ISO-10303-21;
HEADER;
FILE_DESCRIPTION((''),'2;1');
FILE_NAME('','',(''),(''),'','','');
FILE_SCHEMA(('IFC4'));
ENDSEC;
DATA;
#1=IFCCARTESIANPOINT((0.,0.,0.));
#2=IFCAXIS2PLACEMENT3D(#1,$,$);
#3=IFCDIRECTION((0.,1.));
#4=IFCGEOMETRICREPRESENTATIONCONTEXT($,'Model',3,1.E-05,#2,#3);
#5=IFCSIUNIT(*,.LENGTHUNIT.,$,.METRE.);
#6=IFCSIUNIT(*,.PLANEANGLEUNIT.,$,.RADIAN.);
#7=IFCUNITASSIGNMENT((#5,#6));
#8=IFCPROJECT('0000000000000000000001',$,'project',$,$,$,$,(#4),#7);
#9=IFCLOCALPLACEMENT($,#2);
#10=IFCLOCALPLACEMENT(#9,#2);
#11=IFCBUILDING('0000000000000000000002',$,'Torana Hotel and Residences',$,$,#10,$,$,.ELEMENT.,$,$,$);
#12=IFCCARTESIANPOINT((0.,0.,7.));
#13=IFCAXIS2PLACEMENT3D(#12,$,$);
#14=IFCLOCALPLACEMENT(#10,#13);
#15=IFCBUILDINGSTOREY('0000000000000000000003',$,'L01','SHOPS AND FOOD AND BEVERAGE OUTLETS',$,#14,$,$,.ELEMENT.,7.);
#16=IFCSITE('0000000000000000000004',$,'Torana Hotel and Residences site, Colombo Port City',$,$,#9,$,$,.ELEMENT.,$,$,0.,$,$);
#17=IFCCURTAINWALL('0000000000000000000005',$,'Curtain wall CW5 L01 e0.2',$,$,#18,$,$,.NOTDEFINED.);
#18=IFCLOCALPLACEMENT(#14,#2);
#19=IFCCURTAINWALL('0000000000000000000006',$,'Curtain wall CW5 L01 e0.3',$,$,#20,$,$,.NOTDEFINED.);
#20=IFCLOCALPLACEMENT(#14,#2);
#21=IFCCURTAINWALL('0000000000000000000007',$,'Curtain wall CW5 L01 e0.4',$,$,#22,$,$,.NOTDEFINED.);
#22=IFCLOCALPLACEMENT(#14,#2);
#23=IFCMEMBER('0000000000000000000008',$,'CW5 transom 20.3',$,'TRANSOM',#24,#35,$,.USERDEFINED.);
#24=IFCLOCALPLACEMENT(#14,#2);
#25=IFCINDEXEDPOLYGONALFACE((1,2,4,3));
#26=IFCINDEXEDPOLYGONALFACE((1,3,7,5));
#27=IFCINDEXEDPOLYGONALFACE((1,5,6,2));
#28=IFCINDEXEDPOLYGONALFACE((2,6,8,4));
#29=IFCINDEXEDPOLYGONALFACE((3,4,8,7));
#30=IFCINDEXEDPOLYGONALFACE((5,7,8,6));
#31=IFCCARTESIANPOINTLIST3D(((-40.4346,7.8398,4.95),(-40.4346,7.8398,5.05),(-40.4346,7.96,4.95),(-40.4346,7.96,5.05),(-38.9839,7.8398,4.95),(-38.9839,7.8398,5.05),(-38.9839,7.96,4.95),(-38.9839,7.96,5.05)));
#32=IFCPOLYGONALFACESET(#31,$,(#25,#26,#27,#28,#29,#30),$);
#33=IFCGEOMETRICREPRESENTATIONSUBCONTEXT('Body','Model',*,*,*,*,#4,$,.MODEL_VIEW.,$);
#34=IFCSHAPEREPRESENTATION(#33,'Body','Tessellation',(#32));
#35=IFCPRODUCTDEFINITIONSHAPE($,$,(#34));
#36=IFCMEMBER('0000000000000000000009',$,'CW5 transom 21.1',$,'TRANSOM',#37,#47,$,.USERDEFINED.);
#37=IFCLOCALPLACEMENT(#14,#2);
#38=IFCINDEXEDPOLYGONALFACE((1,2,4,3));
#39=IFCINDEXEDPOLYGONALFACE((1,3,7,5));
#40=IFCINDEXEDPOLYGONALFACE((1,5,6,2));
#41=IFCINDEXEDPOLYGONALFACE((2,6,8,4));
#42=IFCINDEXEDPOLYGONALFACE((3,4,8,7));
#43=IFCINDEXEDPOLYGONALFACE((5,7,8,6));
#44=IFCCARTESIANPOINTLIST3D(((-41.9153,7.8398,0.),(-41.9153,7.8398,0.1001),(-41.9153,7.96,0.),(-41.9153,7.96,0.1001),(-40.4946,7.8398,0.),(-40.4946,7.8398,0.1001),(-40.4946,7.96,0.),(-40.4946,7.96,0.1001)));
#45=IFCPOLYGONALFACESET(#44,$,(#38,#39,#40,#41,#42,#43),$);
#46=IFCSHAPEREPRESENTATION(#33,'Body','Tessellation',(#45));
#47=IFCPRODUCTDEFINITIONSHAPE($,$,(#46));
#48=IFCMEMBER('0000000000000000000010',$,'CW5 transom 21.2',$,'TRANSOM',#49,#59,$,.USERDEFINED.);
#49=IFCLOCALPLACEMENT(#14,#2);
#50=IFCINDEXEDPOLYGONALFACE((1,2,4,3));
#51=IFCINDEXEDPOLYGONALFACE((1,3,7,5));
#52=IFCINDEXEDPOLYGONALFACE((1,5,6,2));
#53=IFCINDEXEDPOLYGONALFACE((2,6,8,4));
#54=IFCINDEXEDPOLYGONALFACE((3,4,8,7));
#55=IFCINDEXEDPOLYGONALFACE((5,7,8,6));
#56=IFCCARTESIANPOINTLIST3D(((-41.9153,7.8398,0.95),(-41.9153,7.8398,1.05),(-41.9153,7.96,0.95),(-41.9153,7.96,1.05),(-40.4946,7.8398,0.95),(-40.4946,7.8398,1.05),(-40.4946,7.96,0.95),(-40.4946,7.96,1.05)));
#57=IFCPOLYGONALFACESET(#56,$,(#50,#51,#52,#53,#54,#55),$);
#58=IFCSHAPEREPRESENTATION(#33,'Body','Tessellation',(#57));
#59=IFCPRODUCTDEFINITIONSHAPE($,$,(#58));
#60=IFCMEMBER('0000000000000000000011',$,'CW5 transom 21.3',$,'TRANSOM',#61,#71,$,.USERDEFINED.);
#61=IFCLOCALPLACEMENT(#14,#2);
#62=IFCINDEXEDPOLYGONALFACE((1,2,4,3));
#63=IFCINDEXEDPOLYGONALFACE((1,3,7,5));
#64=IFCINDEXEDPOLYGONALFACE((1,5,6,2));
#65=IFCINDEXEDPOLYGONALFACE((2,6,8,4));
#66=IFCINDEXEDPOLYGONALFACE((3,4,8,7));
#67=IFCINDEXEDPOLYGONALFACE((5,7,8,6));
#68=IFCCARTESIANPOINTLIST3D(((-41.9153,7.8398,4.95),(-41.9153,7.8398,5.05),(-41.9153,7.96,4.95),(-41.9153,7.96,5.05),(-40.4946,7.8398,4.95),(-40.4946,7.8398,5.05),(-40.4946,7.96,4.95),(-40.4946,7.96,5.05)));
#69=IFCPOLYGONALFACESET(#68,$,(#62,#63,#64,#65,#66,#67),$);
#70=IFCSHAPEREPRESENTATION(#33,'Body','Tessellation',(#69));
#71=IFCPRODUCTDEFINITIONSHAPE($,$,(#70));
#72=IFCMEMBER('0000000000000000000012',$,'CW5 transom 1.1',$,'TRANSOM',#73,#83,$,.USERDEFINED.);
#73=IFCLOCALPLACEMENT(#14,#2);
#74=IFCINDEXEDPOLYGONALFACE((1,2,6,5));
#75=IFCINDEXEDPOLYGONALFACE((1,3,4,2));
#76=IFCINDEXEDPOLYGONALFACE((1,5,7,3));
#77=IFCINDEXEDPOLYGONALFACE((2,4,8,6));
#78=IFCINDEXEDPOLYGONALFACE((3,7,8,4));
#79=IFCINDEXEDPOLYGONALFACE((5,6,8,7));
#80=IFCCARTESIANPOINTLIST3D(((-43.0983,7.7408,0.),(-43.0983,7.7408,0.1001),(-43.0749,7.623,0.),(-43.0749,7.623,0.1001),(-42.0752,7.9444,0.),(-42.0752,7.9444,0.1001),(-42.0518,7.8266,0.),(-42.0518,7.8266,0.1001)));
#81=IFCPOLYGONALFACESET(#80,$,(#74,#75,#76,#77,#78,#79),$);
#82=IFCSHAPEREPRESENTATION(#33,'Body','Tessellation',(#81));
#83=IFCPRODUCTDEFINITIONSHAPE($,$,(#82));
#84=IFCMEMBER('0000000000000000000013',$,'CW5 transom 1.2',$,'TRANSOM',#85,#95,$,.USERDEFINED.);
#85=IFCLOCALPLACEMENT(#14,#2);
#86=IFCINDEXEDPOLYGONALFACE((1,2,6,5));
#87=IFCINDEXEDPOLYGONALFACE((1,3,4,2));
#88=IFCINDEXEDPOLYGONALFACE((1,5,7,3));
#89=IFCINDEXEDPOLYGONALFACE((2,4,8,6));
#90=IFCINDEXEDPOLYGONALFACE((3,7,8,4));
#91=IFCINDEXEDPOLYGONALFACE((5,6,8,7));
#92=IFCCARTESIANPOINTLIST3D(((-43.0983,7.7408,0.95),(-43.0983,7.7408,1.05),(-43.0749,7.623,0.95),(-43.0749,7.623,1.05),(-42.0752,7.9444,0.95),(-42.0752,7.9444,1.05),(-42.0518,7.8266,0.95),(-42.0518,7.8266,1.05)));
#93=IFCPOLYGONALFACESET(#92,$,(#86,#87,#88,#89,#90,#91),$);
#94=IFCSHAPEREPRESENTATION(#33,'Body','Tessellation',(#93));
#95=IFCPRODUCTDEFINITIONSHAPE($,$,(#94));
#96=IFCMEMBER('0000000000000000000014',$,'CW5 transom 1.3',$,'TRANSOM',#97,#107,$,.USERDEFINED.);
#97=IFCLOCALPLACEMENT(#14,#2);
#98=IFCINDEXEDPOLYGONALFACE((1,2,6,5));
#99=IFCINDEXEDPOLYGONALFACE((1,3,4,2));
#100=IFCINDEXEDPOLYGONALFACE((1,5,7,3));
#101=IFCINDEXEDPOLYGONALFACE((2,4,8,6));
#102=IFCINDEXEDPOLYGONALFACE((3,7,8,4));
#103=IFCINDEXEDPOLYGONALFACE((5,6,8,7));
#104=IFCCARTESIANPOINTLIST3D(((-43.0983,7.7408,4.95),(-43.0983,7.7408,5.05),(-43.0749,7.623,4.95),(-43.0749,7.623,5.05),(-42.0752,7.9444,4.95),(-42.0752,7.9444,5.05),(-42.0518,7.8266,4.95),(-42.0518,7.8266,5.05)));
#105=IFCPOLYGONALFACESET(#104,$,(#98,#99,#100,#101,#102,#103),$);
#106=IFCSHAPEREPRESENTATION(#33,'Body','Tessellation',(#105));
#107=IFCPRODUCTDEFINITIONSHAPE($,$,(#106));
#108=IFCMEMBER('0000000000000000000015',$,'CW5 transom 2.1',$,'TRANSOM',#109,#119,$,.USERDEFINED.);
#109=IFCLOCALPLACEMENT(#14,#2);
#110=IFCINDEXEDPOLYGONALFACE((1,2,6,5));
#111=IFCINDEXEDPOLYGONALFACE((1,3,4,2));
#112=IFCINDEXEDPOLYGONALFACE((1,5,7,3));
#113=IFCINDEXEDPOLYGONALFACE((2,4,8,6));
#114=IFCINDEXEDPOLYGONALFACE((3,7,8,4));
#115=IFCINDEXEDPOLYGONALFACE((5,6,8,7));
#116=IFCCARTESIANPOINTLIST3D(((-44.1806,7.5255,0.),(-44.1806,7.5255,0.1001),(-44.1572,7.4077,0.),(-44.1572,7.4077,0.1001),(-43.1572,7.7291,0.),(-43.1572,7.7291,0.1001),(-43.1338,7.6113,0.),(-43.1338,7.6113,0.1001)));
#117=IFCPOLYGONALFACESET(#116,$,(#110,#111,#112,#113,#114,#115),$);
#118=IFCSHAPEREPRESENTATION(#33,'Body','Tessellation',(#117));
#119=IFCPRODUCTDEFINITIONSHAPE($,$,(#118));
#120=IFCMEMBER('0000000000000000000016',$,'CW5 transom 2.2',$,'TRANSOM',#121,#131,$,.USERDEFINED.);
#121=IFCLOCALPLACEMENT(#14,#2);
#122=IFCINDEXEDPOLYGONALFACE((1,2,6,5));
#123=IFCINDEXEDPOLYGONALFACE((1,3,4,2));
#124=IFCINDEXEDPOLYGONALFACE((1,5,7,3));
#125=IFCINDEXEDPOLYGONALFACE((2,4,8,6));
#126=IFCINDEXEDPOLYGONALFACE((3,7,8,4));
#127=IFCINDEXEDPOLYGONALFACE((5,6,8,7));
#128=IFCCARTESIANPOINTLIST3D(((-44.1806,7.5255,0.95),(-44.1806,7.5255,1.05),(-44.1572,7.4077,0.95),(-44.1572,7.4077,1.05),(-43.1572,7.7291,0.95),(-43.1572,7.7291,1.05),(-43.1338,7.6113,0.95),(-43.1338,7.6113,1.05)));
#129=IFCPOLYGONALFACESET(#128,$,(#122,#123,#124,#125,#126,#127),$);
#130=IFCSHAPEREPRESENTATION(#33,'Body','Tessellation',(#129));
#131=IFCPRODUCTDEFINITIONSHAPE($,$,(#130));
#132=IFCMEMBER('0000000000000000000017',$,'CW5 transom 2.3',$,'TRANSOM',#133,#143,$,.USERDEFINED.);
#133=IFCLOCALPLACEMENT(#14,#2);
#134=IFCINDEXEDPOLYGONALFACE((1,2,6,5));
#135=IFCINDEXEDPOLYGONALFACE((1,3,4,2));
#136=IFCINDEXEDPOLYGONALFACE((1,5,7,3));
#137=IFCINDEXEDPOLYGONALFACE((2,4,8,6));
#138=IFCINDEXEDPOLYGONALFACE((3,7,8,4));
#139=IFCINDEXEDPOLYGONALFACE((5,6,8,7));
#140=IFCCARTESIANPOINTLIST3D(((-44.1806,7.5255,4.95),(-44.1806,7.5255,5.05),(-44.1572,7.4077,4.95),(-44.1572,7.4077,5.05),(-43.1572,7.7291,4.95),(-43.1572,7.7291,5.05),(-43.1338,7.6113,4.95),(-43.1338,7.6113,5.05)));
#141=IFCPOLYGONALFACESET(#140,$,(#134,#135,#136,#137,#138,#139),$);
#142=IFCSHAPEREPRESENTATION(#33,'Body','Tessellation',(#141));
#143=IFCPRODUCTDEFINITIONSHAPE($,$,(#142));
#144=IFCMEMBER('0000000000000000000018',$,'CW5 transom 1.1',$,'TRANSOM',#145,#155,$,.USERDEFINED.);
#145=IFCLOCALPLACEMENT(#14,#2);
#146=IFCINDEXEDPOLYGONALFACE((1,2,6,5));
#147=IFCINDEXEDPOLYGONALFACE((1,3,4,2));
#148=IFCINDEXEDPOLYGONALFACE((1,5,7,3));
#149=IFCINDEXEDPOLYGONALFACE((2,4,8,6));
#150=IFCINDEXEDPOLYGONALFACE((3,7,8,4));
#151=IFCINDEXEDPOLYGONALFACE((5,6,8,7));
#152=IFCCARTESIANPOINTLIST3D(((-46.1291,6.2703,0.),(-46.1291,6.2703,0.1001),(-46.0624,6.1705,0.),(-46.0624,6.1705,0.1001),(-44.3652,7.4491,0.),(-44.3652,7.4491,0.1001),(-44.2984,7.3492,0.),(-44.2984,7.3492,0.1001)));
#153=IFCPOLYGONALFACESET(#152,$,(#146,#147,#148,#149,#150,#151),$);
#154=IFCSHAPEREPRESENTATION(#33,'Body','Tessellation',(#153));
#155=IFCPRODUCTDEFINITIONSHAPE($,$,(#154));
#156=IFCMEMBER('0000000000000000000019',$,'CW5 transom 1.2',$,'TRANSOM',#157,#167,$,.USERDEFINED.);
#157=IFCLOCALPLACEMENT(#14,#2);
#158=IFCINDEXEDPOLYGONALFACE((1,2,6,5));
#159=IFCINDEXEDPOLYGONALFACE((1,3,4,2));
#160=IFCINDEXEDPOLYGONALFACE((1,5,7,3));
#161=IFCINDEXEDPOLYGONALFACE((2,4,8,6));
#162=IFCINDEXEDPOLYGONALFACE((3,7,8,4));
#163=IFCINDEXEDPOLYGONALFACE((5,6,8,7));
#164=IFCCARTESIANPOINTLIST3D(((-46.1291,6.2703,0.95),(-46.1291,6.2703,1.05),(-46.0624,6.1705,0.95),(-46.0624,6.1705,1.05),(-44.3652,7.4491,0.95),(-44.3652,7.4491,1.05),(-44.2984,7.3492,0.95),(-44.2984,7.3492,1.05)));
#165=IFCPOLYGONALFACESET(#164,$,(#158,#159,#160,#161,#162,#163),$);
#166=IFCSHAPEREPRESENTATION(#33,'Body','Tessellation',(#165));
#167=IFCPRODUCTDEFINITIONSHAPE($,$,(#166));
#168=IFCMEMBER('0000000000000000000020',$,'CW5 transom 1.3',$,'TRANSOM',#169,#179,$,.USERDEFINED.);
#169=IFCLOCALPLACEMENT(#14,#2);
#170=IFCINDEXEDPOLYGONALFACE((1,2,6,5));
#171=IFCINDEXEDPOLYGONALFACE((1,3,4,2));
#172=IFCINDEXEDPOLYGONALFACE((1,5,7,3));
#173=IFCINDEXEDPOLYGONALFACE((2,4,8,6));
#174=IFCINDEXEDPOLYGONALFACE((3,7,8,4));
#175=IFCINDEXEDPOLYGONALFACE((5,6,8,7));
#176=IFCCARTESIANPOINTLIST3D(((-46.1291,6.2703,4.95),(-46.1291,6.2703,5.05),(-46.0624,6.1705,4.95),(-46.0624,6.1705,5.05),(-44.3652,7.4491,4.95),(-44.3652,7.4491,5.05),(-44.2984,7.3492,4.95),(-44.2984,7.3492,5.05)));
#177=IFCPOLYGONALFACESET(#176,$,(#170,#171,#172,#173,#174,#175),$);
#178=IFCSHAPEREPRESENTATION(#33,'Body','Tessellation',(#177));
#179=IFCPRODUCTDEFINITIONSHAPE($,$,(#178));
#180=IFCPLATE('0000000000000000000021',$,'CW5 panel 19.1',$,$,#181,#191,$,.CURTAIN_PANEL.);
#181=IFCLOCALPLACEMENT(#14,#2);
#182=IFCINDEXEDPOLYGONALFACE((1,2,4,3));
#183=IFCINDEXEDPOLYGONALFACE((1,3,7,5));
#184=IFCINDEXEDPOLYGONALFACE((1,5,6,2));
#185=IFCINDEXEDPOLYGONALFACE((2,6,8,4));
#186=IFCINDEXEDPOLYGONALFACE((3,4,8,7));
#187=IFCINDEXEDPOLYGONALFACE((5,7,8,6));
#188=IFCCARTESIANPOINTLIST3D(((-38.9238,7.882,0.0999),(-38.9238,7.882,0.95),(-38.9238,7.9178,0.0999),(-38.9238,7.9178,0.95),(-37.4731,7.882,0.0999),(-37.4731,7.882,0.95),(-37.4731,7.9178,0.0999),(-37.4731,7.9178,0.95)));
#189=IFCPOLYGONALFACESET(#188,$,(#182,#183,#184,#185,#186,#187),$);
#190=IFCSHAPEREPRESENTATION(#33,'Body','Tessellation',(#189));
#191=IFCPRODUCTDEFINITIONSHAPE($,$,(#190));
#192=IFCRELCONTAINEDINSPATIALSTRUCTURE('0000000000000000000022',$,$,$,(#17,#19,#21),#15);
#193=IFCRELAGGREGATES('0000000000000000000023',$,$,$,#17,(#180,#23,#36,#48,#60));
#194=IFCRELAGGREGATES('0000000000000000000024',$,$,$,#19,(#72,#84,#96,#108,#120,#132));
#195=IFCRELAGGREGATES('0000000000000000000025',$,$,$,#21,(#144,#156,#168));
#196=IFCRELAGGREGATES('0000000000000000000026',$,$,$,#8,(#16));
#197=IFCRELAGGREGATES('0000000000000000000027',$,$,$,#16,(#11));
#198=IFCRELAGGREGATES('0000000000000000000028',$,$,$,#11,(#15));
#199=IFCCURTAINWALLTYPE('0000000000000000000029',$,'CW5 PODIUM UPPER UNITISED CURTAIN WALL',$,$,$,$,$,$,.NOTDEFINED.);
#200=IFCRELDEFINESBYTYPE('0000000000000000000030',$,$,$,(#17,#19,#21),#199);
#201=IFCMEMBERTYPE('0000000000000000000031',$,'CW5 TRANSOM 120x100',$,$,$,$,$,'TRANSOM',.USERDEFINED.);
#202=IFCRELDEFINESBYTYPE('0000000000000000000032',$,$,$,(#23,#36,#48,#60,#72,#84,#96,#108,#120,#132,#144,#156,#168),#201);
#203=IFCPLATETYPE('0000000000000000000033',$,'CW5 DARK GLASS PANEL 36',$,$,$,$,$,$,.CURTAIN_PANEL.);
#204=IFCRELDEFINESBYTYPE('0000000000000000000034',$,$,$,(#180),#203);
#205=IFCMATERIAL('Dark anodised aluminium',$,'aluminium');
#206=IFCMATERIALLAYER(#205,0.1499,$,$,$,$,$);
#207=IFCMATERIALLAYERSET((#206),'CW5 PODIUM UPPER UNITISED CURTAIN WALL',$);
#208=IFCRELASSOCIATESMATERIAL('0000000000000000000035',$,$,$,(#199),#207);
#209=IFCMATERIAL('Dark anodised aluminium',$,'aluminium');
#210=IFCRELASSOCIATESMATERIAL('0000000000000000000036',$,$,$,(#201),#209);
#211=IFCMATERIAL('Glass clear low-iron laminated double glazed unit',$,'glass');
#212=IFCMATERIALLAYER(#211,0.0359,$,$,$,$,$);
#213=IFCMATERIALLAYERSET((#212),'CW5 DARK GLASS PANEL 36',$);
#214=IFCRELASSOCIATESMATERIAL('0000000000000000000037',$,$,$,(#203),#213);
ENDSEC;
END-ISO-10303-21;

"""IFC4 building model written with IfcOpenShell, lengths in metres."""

from ifc_helpers import new_model, si_unit, direction, frame, origin, origin_2d, place, context, subcontext, project, spatial, rectangle, extrude, material, layer, layer_set, material_profile, profile_set, type_object, element, aggregate, save


model = new_model("IFC4")

# Units and contexts
model_context = context("Model", 3, precision=1e-05, world=origin(), true_north=direction((0.0, 1.0)))
body_context = subcontext(model_context, "Body", "Model", "MODEL_VIEW")
ifc_project = project(units=[si_unit("LENGTHUNIT", "METRE"), si_unit("PLANEANGLEUNIT", "RADIAN")], contexts=[model_context])

# Site, building, storey
site_placement = place(None, origin())
site = spatial("IfcSite", under=ifc_project, at=site_placement, Name="Torana Hotel and Residences site, Colombo Port City", CompositionType="ELEMENT", RefElevation=0.0)
building_placement = place(site_placement, origin())
building = spatial("IfcBuilding", under=site, at=building_placement, Name="Torana Hotel and Residences", CompositionType="ELEMENT")
storey_placement = place(building_placement, frame((0.0, 0.0, 7.0)))
storey = spatial("IfcBuildingStorey", under=building, at=storey_placement, Name="L01", Description="SHOPS AND FOOD AND BEVERAGE OUTLETS", CompositionType="ELEMENT", Elevation=7.0)

# Curtain walls
ifc_material_1 = material(Name="Dark anodised aluminium", Category="aluminium")
ifc_layer_1 = layer(ifc_material_1, 0.1499)
ifc_layer_set_1 = layer_set([ifc_layer_1], Name="CW5 PODIUM UPPER UNITISED CURTAIN WALL")
curtain_wall_type = type_object("IfcCurtainWallType", Name="CW5 PODIUM UPPER UNITISED CURTAIN WALL", PredefinedType="NOTDEFINED", material=ifc_layer_set_1)
curtain_wall_1_placement = place(storey_placement, origin())
curtain_wall_1 = element("IfcCurtainWall", 1, at=curtain_wall_1_placement, inside=storey, type_object=curtain_wall_type, Name="Curtain wall CW5 L01 e0.2", PredefinedType="NOTDEFINED")
curtain_wall_2_placement = place(storey_placement, origin())
curtain_wall_2 = element("IfcCurtainWall", 2, at=curtain_wall_2_placement, inside=storey, type_object=curtain_wall_type, Name="Curtain wall CW5 L01 e0.3", PredefinedType="NOTDEFINED")
curtain_wall_3_placement = place(storey_placement, origin())
curtain_wall_3 = element("IfcCurtainWall", 3, at=curtain_wall_3_placement, inside=storey, type_object=curtain_wall_type, Name="Curtain wall CW5 L01 e0.4", PredefinedType="NOTDEFINED")

# Members
ifc_material_2 = material(Name="Dark anodised aluminium", Category="aluminium")
ifc_material_profile_1 = material_profile(ifc_material_2, rectangle(XDim=0.1201, YDim=0.1001, at=origin_2d()), Name="CW5 TRANSOM 120x100")
ifc_profile_set_1 = profile_set([ifc_material_profile_1], Name="Dark anodised aluminium")
member_type_1 = type_object("IfcMemberType", Name="CW5 TRANSOM 120x100", ElementType="TRANSOM", PredefinedType="USERDEFINED", material=ifc_profile_set_1)
member_1_placement = place(storey_placement, frame((-38.9839, 7.8999, 5.0), z_axis=(-1.0, 0.0, 0.0), x_axis=(0.0, -1.0, 0.0)))
member_1 = element("IfcMember", 4, at=member_1_placement, type_object=member_type_1, Name="CW5 transom 20.3", ObjectType="TRANSOM", PredefinedType="USERDEFINED", context=body_context, shape_type="SweptSolid", body=[
    extrude(rectangle(XDim=0.1201, YDim=0.1001, at=origin_2d()), origin(), (0.0, 0.0, 1.0), 1.4507),
])
member_2_placement = place(storey_placement, frame((-40.4946, 7.8999, 0.05), z_axis=(-1.0, 0.0, 0.0), x_axis=(0.0, -1.0, 0.0)))
member_2 = element("IfcMember", 5, at=member_2_placement, type_object=member_type_1, Name="CW5 transom 21.1", ObjectType="TRANSOM", PredefinedType="USERDEFINED", context=body_context, shape_type="SweptSolid", body=[
    extrude(rectangle(XDim=0.1201, YDim=0.1001, at=origin_2d()), origin(), (0.0, 0.0, 1.0), 1.4207),
])
member_3_placement = place(storey_placement, frame((-40.4946, 7.8999, 1.0), z_axis=(-1.0, 0.0, 0.0), x_axis=(0.0, -1.0, 0.0)))
member_3 = element("IfcMember", 6, at=member_3_placement, type_object=member_type_1, Name="CW5 transom 21.2", ObjectType="TRANSOM", PredefinedType="USERDEFINED", context=body_context, shape_type="SweptSolid", body=[
    extrude(rectangle(XDim=0.1201, YDim=0.1001, at=origin_2d()), origin(), (0.0, 0.0, 1.0), 1.4207),
])
member_4_placement = place(storey_placement, frame((-40.4946, 7.8999, 5.0), z_axis=(-1.0, 0.0, 0.0), x_axis=(0.0, -1.0, 0.0)))
member_4 = element("IfcMember", 7, at=member_4_placement, type_object=member_type_1, Name="CW5 transom 21.3", ObjectType="TRANSOM", PredefinedType="USERDEFINED", context=body_context, shape_type="SweptSolid", body=[
    extrude(rectangle(XDim=0.1201, YDim=0.1001, at=origin_2d()), origin(), (0.0, 0.0, 1.0), 1.4207),
])
member_5_placement = place(storey_placement, frame((-42.0635, 7.8855, 0.05), z_axis=(-0.980769, -0.195171, 0.0), x_axis=(0.195171, -0.980769, 0.0)))
member_5 = element("IfcMember", 8, at=member_5_placement, type_object=member_type_1, Name="CW5 transom 1.1", ObjectType="TRANSOM", PredefinedType="USERDEFINED", context=body_context, shape_type="SweptSolid", body=[
    extrude(rectangle(XDim=0.1201, YDim=0.1001, at=origin_2d()), origin(), (0.0, 0.0, 1.0), 1.0432),
])
member_6_placement = place(storey_placement, frame((-42.0635, 7.8855, 1.0), z_axis=(-0.980769, -0.195171, 0.0), x_axis=(0.195171, -0.980769, 0.0)))
member_6 = element("IfcMember", 9, at=member_6_placement, type_object=member_type_1, Name="CW5 transom 1.2", ObjectType="TRANSOM", PredefinedType="USERDEFINED", context=body_context, shape_type="SweptSolid", body=[
    extrude(rectangle(XDim=0.1201, YDim=0.1001, at=origin_2d()), origin(), (0.0, 0.0, 1.0), 1.0432),
])
member_7_placement = place(storey_placement, frame((-42.0635, 7.8855, 5.0), z_axis=(-0.980769, -0.195171, 0.0), x_axis=(0.195171, -0.980769, 0.0)))
member_7 = element("IfcMember", 10, at=member_7_placement, type_object=member_type_1, Name="CW5 transom 1.3", ObjectType="TRANSOM", PredefinedType="USERDEFINED", context=body_context, shape_type="SweptSolid", body=[
    extrude(rectangle(XDim=0.1201, YDim=0.1001, at=origin_2d()), origin(), (0.0, 0.0, 1.0), 1.0432),
])
member_8_placement = place(storey_placement, frame((-43.1455, 7.6702, 0.05), z_axis=(-0.980778, -0.195126, 0.0), x_axis=(0.195126, -0.980778, 0.0)))
member_8 = element("IfcMember", 11, at=member_8_placement, type_object=member_type_1, Name="CW5 transom 2.1", ObjectType="TRANSOM", PredefinedType="USERDEFINED", context=body_context, shape_type="SweptSolid", body=[
    extrude(rectangle(XDim=0.1201, YDim=0.1001, at=origin_2d()), origin(), (0.0, 0.0, 1.0), 1.0435),
])
member_9_placement = place(storey_placement, frame((-43.1455, 7.6702, 1.0), z_axis=(-0.980778, -0.195126, 0.0), x_axis=(0.195126, -0.980778, 0.0)))
member_9 = element("IfcMember", 12, at=member_9_placement, type_object=member_type_1, Name="CW5 transom 2.2", ObjectType="TRANSOM", PredefinedType="USERDEFINED", context=body_context, shape_type="SweptSolid", body=[
    extrude(rectangle(XDim=0.1201, YDim=0.1001, at=origin_2d()), origin(), (0.0, 0.0, 1.0), 1.0435),
])
member_10_placement = place(storey_placement, frame((-43.1455, 7.6702, 5.0), z_axis=(-0.980778, -0.195126, 0.0), x_axis=(0.195126, -0.980778, 0.0)))
member_10 = element("IfcMember", 13, at=member_10_placement, type_object=member_type_1, Name="CW5 transom 2.3", ObjectType="TRANSOM", PredefinedType="USERDEFINED", context=body_context, shape_type="SweptSolid", body=[
    extrude(rectangle(XDim=0.1201, YDim=0.1001, at=origin_2d()), origin(), (0.0, 0.0, 1.0), 1.0435),
])
member_11_placement = place(storey_placement, frame((-44.3318, 7.3992, 0.05), z_axis=(-0.831448, -0.555603, 0.0), x_axis=(0.555603, -0.831448, 0.0)))
member_11 = element("IfcMember", 14, at=member_11_placement, type_object=member_type_1, Name="CW5 transom 1.1", ObjectType="TRANSOM", PredefinedType="USERDEFINED", context=body_context, shape_type="SweptSolid", body=[
    extrude(rectangle(XDim=0.1201, YDim=0.1001, at=origin_2d()), origin(), (0.0, 0.0, 1.0), 2.1216),
])
member_12_placement = place(storey_placement, frame((-44.3318, 7.3992, 1.0), z_axis=(-0.831448, -0.555603, 0.0), x_axis=(0.555603, -0.831448, 0.0)))
member_12 = element("IfcMember", 15, at=member_12_placement, type_object=member_type_1, Name="CW5 transom 1.2", ObjectType="TRANSOM", PredefinedType="USERDEFINED", context=body_context, shape_type="SweptSolid", body=[
    extrude(rectangle(XDim=0.1201, YDim=0.1001, at=origin_2d()), origin(), (0.0, 0.0, 1.0), 2.1216),
])
member_13_placement = place(storey_placement, frame((-44.3318, 7.3992, 5.0), z_axis=(-0.831448, -0.555603, 0.0), x_axis=(0.555603, -0.831448, 0.0)))
member_13 = element("IfcMember", 16, at=member_13_placement, type_object=member_type_1, Name="CW5 transom 1.3", ObjectType="TRANSOM", PredefinedType="USERDEFINED", context=body_context, shape_type="SweptSolid", body=[
    extrude(rectangle(XDim=0.1201, YDim=0.1001, at=origin_2d()), origin(), (0.0, 0.0, 1.0), 2.1216),
])

# Plate
ifc_material_3 = material(Name="Glass clear low-iron laminated double glazed unit", Category="glass")
ifc_layer_2 = layer(ifc_material_3, 0.0359)
ifc_layer_set_2 = layer_set([ifc_layer_2], Name="CW5 DARK GLASS PANEL 36")
plate_type = type_object("IfcPlateType", Name="CW5 DARK GLASS PANEL 36", PredefinedType="CURTAIN_PANEL", material=ifc_layer_set_2)
plate_1_placement = place(storey_placement, frame((-38.1985, 7.8999, 0.0999), z_axis=(0.0, 0.0, 1.0), x_axis=(-1.0, 0.0, 0.0)))
plate_1 = element("IfcPlate", 17, at=plate_1_placement, type_object=plate_type, Name="CW5 panel 19.1", PredefinedType="CURTAIN_PANEL", context=body_context, shape_type="SweptSolid", body=[
    extrude(rectangle(XDim=1.4507, YDim=0.0359, at=origin_2d()), origin(), (0.0, 0.0, 1.0), 0.8501),
])
aggregate(curtain_wall_1, [plate_1, member_1, member_2, member_3, member_4])
aggregate(curtain_wall_2, [member_5, member_6, member_7, member_8, member_9, member_10])
aggregate(curtain_wall_3, [member_11, member_12, member_13])

save(model, "model.ifc")
